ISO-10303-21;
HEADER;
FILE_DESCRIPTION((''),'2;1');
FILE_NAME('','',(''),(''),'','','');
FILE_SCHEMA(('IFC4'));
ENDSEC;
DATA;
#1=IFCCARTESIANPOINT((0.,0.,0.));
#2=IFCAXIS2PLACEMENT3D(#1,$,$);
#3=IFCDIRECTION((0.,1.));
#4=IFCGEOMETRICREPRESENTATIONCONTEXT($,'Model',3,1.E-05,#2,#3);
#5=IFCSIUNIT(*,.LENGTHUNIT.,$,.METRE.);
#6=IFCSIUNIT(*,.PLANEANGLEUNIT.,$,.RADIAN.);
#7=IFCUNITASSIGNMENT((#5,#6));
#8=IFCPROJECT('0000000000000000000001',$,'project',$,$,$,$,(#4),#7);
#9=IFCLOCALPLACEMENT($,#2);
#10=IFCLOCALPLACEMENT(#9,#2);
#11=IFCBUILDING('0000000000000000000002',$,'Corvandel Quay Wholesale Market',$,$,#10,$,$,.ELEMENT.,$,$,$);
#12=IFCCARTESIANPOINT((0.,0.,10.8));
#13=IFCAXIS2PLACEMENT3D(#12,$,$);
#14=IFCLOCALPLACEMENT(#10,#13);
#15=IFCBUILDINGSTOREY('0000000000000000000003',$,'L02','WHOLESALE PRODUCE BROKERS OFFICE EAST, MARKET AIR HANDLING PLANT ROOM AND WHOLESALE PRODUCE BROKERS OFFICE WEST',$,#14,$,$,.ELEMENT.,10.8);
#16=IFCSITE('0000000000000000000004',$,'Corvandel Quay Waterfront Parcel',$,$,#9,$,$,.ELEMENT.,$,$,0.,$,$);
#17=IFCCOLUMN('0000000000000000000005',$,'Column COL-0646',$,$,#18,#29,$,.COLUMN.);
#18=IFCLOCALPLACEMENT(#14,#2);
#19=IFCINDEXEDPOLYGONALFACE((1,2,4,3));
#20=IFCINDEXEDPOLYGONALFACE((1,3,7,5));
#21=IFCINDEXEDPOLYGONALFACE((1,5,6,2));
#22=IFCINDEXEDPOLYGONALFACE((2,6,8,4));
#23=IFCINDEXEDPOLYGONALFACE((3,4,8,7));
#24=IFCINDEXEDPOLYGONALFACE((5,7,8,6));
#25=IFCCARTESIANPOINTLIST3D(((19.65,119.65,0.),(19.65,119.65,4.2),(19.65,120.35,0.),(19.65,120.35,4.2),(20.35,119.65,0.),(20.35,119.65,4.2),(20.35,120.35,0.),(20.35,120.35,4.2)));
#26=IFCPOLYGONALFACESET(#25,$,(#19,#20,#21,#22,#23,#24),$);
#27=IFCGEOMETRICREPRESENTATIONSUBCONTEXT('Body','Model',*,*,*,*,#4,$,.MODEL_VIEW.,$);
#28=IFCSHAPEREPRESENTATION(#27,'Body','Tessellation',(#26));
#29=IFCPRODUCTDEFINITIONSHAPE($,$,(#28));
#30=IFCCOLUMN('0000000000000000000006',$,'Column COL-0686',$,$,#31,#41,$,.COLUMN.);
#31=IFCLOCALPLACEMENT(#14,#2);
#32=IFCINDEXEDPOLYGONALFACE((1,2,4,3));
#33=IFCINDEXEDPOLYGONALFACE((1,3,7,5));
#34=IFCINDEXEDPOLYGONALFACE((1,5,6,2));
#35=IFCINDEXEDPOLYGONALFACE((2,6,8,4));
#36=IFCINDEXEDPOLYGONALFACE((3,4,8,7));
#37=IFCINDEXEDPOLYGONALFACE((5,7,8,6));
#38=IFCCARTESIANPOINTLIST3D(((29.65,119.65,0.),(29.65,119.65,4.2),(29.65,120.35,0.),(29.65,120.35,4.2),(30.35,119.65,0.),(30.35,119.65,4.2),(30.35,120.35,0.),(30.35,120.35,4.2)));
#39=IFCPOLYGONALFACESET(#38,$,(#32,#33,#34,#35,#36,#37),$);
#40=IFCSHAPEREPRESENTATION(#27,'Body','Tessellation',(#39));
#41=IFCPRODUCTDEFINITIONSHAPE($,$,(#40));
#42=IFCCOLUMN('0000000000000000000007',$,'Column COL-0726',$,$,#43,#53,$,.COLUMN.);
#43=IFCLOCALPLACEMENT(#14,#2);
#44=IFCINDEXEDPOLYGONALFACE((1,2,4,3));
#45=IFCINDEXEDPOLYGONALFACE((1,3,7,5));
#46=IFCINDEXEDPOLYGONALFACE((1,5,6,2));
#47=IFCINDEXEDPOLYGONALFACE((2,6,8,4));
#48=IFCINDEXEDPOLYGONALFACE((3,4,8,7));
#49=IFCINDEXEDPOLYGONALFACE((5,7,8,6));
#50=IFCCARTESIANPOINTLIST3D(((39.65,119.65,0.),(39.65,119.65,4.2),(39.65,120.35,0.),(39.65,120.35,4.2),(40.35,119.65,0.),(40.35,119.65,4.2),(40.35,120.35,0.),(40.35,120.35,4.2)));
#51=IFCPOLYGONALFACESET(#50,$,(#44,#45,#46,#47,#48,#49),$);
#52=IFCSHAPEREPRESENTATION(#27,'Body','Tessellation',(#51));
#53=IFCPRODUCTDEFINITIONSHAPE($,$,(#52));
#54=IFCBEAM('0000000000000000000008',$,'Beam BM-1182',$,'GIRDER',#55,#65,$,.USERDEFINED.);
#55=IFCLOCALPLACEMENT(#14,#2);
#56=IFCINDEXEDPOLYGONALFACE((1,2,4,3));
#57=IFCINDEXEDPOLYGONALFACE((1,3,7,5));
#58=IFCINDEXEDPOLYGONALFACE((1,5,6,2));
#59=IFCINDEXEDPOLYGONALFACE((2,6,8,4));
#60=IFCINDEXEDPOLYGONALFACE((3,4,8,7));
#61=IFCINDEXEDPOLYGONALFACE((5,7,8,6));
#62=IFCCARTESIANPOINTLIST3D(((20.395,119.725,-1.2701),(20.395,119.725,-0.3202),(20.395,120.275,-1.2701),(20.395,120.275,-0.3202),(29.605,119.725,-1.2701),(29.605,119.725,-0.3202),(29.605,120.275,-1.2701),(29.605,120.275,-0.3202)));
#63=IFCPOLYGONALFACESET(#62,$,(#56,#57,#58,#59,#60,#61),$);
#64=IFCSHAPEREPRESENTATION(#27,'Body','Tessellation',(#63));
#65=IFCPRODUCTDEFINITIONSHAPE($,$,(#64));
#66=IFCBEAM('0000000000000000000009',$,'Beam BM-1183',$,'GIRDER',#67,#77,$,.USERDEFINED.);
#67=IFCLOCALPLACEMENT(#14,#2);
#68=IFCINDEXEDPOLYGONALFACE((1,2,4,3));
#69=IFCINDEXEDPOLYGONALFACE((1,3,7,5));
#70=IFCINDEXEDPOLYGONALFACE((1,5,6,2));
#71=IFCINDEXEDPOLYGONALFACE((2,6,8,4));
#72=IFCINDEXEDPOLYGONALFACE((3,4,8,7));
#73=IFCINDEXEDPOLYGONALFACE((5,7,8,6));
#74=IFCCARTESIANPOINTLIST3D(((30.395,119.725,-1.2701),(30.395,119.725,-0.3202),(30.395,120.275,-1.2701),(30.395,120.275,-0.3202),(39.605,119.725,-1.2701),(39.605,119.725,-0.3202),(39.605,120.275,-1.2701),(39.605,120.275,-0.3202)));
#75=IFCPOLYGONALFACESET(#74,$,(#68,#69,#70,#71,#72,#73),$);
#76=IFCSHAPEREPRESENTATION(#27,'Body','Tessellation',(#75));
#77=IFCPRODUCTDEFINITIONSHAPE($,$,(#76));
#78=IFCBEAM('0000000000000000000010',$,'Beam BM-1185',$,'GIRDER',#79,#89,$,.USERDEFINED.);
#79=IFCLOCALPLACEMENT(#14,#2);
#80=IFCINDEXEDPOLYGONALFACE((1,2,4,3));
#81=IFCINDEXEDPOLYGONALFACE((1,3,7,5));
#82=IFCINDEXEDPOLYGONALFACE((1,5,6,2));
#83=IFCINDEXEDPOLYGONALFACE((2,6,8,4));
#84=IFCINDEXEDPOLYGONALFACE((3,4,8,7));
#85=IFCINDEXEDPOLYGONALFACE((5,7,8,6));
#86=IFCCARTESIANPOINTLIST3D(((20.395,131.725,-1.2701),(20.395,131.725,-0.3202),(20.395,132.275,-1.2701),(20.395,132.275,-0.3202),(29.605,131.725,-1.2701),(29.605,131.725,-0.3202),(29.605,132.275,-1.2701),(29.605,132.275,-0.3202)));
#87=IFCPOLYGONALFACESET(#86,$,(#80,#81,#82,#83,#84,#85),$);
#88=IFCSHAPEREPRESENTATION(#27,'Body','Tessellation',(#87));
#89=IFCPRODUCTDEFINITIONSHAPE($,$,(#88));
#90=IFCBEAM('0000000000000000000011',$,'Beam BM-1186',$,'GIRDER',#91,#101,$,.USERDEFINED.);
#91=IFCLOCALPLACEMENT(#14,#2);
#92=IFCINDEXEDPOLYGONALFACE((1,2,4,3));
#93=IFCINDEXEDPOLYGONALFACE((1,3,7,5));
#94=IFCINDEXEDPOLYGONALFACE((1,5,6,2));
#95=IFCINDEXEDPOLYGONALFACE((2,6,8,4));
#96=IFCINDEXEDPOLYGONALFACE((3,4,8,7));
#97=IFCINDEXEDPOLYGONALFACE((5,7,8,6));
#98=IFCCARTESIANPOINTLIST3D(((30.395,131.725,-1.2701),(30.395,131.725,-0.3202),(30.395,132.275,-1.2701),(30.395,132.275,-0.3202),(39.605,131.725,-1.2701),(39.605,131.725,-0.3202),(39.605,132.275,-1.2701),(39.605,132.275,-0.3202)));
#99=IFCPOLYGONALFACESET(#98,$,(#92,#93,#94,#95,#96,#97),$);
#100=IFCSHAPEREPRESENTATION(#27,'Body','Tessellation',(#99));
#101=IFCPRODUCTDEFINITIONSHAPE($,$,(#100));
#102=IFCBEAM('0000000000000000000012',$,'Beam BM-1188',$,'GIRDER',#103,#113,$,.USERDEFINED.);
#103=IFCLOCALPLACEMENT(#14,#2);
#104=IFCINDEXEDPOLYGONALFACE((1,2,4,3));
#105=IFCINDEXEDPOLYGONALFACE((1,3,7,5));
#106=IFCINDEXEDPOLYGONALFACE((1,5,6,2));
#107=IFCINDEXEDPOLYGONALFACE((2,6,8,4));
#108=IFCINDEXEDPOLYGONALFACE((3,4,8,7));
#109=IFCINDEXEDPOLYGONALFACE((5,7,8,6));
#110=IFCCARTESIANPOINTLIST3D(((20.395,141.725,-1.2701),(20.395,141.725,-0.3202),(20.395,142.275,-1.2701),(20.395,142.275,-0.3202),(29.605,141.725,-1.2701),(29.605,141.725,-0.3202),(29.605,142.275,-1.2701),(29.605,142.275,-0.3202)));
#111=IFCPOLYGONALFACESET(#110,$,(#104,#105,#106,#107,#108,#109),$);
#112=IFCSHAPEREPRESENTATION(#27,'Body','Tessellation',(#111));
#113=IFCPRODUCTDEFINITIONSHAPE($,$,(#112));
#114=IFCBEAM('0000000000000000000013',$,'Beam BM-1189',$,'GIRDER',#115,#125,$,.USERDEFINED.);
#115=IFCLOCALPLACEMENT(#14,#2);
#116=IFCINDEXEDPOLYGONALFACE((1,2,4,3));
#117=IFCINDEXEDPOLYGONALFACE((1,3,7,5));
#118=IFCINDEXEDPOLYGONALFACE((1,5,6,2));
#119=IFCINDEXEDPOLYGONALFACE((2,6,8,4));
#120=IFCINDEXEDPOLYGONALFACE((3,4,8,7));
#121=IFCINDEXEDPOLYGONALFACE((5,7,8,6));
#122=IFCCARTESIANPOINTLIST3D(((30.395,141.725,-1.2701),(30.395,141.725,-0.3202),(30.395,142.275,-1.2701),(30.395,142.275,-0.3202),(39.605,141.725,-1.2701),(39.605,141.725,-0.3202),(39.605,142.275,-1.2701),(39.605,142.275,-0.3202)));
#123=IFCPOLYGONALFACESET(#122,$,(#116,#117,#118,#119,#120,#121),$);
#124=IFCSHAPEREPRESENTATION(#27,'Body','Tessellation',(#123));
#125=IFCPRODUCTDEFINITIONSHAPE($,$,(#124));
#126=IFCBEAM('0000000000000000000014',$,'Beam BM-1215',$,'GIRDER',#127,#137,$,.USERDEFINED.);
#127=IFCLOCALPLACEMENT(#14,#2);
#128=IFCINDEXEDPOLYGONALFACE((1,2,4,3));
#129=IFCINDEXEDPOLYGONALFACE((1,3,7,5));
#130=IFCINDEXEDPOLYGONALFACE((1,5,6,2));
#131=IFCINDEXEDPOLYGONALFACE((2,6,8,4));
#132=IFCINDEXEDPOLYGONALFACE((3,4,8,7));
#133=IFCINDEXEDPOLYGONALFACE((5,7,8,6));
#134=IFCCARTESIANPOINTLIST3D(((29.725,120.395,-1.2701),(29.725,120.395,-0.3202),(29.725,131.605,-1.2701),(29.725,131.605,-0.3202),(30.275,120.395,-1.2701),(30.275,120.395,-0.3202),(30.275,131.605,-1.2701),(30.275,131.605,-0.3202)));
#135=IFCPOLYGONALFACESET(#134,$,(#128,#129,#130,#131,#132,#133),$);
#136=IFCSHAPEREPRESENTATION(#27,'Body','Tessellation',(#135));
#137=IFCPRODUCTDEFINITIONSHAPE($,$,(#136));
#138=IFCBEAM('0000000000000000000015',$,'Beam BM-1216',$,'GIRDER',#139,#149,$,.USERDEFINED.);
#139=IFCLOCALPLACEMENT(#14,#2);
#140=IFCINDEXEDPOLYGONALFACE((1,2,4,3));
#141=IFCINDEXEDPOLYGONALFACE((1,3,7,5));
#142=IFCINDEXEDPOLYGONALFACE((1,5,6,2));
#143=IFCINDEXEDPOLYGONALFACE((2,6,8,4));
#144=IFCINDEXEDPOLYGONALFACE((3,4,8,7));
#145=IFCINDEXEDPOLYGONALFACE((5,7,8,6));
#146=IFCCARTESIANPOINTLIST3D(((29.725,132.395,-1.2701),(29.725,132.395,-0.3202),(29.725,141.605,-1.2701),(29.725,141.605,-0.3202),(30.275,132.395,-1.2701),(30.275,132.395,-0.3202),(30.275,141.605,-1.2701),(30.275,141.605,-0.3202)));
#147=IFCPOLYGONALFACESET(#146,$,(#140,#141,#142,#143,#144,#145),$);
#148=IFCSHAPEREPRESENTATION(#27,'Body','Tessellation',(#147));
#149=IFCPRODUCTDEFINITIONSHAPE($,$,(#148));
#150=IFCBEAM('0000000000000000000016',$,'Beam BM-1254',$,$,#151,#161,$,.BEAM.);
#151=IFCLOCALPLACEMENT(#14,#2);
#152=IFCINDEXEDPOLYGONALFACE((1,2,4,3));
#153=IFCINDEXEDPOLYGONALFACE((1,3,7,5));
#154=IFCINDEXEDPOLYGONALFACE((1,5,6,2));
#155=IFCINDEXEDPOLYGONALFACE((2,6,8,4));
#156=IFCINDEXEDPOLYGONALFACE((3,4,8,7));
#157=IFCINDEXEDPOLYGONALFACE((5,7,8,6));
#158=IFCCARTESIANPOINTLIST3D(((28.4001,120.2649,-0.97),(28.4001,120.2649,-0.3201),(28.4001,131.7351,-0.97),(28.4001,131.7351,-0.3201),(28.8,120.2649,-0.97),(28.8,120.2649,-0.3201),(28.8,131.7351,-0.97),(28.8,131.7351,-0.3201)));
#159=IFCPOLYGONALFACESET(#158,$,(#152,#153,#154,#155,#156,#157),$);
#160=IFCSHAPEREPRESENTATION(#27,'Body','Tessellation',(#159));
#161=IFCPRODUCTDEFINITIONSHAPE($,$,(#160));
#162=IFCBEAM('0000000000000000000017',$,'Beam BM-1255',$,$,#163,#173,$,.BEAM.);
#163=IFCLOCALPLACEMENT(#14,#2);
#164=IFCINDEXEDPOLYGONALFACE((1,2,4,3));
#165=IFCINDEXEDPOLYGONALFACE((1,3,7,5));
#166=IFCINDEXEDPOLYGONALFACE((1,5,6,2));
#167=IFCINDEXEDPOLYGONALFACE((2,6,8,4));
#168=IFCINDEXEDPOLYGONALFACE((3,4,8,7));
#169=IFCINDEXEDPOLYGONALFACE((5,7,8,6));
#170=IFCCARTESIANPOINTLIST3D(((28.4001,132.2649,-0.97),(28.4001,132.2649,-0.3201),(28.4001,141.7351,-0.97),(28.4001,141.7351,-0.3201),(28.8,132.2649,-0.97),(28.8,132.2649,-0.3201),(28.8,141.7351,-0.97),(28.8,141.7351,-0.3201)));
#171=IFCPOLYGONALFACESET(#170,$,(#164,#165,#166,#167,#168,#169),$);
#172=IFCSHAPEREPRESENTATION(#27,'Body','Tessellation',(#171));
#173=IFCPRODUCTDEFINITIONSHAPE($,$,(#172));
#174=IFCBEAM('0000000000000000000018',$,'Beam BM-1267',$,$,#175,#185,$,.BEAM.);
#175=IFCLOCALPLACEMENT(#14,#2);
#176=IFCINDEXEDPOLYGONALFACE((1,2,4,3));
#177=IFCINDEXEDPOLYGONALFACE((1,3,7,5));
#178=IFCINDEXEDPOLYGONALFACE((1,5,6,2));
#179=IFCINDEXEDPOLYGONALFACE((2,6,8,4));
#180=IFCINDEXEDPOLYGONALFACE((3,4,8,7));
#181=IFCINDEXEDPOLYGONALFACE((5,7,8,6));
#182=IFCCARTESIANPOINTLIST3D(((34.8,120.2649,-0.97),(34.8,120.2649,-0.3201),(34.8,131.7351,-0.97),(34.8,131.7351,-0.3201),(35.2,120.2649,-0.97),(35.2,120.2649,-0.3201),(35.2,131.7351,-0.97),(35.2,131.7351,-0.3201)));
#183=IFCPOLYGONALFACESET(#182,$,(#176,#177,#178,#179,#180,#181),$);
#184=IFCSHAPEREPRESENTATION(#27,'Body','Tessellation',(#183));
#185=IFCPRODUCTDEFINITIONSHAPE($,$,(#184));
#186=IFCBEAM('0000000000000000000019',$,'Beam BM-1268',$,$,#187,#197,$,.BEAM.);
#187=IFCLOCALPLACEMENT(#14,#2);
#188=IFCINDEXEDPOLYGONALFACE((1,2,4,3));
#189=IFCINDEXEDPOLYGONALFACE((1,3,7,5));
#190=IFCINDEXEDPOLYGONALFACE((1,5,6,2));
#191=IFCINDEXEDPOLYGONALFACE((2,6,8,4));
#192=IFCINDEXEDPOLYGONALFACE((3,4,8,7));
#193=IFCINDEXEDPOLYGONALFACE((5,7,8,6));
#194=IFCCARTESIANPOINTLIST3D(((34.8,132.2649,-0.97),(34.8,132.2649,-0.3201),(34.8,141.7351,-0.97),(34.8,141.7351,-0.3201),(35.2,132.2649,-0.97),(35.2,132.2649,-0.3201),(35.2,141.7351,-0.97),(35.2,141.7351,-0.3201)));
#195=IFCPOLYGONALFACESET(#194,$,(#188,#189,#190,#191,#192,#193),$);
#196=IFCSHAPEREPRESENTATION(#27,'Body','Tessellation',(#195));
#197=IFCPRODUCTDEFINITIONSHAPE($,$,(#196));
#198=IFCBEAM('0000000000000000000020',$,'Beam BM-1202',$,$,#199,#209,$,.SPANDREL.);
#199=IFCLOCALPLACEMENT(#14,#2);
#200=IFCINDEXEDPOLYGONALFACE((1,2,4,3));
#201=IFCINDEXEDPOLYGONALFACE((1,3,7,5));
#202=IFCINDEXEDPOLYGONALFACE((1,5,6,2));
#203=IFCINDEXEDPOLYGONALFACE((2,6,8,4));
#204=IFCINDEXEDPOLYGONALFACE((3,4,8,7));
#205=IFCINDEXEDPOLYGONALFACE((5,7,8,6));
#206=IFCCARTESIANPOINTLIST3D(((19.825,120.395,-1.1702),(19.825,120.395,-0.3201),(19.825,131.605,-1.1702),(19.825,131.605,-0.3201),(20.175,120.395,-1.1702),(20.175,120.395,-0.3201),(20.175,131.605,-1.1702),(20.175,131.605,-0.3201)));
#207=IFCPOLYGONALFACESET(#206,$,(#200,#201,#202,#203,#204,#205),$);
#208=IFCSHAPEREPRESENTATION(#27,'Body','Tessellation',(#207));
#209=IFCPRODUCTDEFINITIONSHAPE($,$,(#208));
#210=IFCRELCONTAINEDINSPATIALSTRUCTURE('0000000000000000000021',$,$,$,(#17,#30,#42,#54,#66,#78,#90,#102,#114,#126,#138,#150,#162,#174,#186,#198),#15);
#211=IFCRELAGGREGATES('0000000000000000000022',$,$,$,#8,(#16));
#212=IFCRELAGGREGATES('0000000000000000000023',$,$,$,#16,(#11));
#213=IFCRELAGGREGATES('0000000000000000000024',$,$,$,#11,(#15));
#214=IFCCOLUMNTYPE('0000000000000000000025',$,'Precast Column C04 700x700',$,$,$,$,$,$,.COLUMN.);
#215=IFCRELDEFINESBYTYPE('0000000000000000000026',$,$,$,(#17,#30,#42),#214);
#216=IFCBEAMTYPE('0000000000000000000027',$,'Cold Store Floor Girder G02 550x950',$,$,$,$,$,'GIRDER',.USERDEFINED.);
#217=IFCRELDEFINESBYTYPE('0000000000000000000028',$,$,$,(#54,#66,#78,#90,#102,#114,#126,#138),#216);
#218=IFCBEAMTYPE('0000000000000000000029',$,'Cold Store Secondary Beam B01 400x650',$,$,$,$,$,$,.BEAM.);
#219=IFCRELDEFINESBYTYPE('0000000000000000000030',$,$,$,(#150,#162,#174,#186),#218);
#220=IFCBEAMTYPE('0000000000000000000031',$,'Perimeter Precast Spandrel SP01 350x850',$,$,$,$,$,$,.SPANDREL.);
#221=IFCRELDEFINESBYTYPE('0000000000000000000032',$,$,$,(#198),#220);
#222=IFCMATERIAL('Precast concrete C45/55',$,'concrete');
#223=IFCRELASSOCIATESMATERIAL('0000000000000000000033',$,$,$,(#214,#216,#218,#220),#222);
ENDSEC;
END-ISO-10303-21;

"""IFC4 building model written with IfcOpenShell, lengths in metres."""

from ifc_helpers import new_model, si_unit, direction, frame, origin, origin_2d, place, context, subcontext, project, spatial, rectangle, extrude, material, material_profile, profile_set, type_object, element, save


model = new_model("IFC4")

# Units and contexts
model_context = context("Model", 3, precision=1e-05, world=origin(), true_north=direction((0.0, 1.0)))
body_context = subcontext(model_context, "Body", "Model", "MODEL_VIEW")
ifc_project = project(units=[si_unit("LENGTHUNIT", "METRE"), si_unit("PLANEANGLEUNIT", "RADIAN")], contexts=[model_context])

# Site, building, storey
site_placement = place(None, origin())
site = spatial("IfcSite", under=ifc_project, at=site_placement, Name="Corvandel Quay Waterfront Parcel", CompositionType="ELEMENT", RefElevation=0.0)
building_placement = place(site_placement, origin())
building = spatial("IfcBuilding", under=site, at=building_placement, Name="Corvandel Quay Wholesale Market", CompositionType="ELEMENT")
storey_placement = place(building_placement, frame((0.0, 0.0, 10.8)))
storey = spatial("IfcBuildingStorey", under=building, at=storey_placement, Name="L02", Description="WHOLESALE PRODUCE BROKERS OFFICE EAST, MARKET AIR HANDLING PLANT ROOM AND WHOLESALE PRODUCE BROKERS OFFICE WEST", CompositionType="ELEMENT", Elevation=10.8)

# Columns
ifc_material_1 = material(Name="Precast concrete C45/55", Category="concrete")
ifc_material_profile_1 = material_profile(ifc_material_1, rectangle(XDim=0.7, YDim=0.7, at=origin_2d()), Name="PC-COL-700x700")
ifc_profile_set_1 = profile_set([ifc_material_profile_1], Name="Precast concrete C45/55")
column_type = type_object("IfcColumnType", Name="Precast Column C04 700x700", PredefinedType="COLUMN", material=ifc_profile_set_1)
for number, where, z_axis, x_axis, name in (
    (1, (20.0, 120.0, 0.0), (0.0, 0.0, 1.0), (1.0, 0.0, 0.0), "Column COL-0646"),
    (2, (30.0, 120.0, 0.0), (0.0, 0.0, 1.0), (1.0, 0.0, 0.0), "Column COL-0686"),
    (3, (40.0, 120.0, 0.0), (0.0, 0.0, 1.0), (1.0, 0.0, 0.0), "Column COL-0726"),
):
    element("IfcColumn", number, at=place(storey_placement, frame(where, z_axis=z_axis, x_axis=x_axis)), inside=storey, type_object=column_type, Name=name, PredefinedType="COLUMN", context=body_context, shape_type="SweptSolid", body=[
        extrude(rectangle(XDim=0.7, YDim=0.7, at=origin_2d()), origin(), (0.0, 0.0, 1.0), 4.2),
    ])

# Beams
ifc_material_profile_2 = material_profile(ifc_material_1, rectangle(XDim=0.55, YDim=0.95, at=origin_2d()), Name="PC-GIR-550x950")
ifc_profile_set_2 = profile_set([ifc_material_profile_2], Name="Precast concrete C45/55")
beam_type_1 = type_object("IfcBeamType", Name="Cold Store Floor Girder G02 550x950", ElementType="GIRDER", PredefinedType="USERDEFINED", material=ifc_profile_set_2)
for number, where, z_axis, x_axis, name in (
    (4, (20.395, 120.0, -0.7952), (1.0, 0.0, 0.0), (0.0, 1.0, 0.0), "Beam BM-1182"),
    (5, (30.395, 120.0, -0.7952), (1.0, 0.0, 0.0), (0.0, 1.0, 0.0), "Beam BM-1183"),
    (6, (20.395, 132.0, -0.7952), (1.0, 0.0, 0.0), (0.0, 1.0, 0.0), "Beam BM-1185"),
    (7, (30.395, 132.0, -0.7952), (1.0, 0.0, 0.0), (0.0, 1.0, 0.0), "Beam BM-1186"),
    (8, (20.395, 142.0, -0.7952), (1.0, 0.0, 0.0), (0.0, 1.0, 0.0), "Beam BM-1188"),
    (9, (30.395, 142.0, -0.7952), (1.0, 0.0, 0.0), (0.0, 1.0, 0.0), "Beam BM-1189"),
):
    element("IfcBeam", number, at=place(storey_placement, frame(where, z_axis=z_axis, x_axis=x_axis)), inside=storey, type_object=beam_type_1, Name=name, ObjectType="GIRDER", PredefinedType="USERDEFINED", context=body_context, shape_type="SweptSolid", body=[
        extrude(rectangle(XDim=0.55, YDim=0.95, at=origin_2d()), origin(), (0.0, 0.0, 1.0), 9.21),
    ])
beam_1_placement = place(storey_placement, frame((30.0, 120.395, -0.7952), z_axis=(0.0, 1.0, 0.0), x_axis=(-1.0, 0.0, 0.0)))
element("IfcBeam", 10, at=beam_1_placement, inside=storey, type_object=beam_type_1, Name="Beam BM-1215", ObjectType="GIRDER", PredefinedType="USERDEFINED", context=body_context, shape_type="SweptSolid", body=[
    extrude(rectangle(XDim=0.55, YDim=0.95, at=origin_2d()), origin(), (0.0, 0.0, 1.0), 11.21),
])
beam_2_placement = place(storey_placement, frame((30.0, 132.395, -0.7952), z_axis=(0.0, 1.0, 0.0), x_axis=(-1.0, 0.0, 0.0)))
element("IfcBeam", 11, at=beam_2_placement, inside=storey, type_object=beam_type_1, Name="Beam BM-1216", ObjectType="GIRDER", PredefinedType="USERDEFINED", context=body_context, shape_type="SweptSolid", body=[
    extrude(rectangle(XDim=0.55, YDim=0.95, at=origin_2d()), origin(), (0.0, 0.0, 1.0), 9.21),
])
ifc_material_profile_3 = material_profile(ifc_material_1, rectangle(XDim=0.3999, YDim=0.6499, at=origin_2d()), Name="PC-BM-400x650")
ifc_profile_set_3 = profile_set([ifc_material_profile_3], Name="Precast concrete C45/55")
beam_type_2 = type_object("IfcBeamType", Name="Cold Store Secondary Beam B01 400x650", PredefinedType="BEAM", material=ifc_profile_set_3)
beam_3_placement = place(storey_placement, frame((28.6001, 120.2649, -0.645), z_axis=(0.0, 1.0, 0.0), x_axis=(-1.0, 0.0, 0.0)))
element("IfcBeam", 12, at=beam_3_placement, inside=storey, type_object=beam_type_2, Name="Beam BM-1254", PredefinedType="BEAM", context=body_context, shape_type="SweptSolid", body=[
    extrude(rectangle(XDim=0.3999, YDim=0.6499, at=origin_2d()), origin(), (0.0, 0.0, 1.0), 11.4702),
])
beam_4_placement = place(storey_placement, frame((28.6001, 132.2649, -0.645), z_axis=(0.0, 1.0, 0.0), x_axis=(-1.0, 0.0, 0.0)))
element("IfcBeam", 13, at=beam_4_placement, inside=storey, type_object=beam_type_2, Name="Beam BM-1255", PredefinedType="BEAM", context=body_context, shape_type="SweptSolid", body=[
    extrude(rectangle(XDim=0.3999, YDim=0.6499, at=origin_2d()), origin(), (0.0, 0.0, 1.0), 9.4702),
])
beam_5_placement = place(storey_placement, frame((35.0, 120.2649, -0.645), z_axis=(0.0, 1.0, 0.0), x_axis=(-1.0, 0.0, 0.0)))
element("IfcBeam", 14, at=beam_5_placement, inside=storey, type_object=beam_type_2, Name="Beam BM-1267", PredefinedType="BEAM", context=body_context, shape_type="SweptSolid", body=[
    extrude(rectangle(XDim=0.3999, YDim=0.6499, at=origin_2d()), origin(), (0.0, 0.0, 1.0), 11.4702),
])
beam_6_placement = place(storey_placement, frame((35.0, 132.2649, -0.645), z_axis=(0.0, 1.0, 0.0), x_axis=(-1.0, 0.0, 0.0)))
element("IfcBeam", 15, at=beam_6_placement, inside=storey, type_object=beam_type_2, Name="Beam BM-1268", PredefinedType="BEAM", context=body_context, shape_type="SweptSolid", body=[
    extrude(rectangle(XDim=0.3999, YDim=0.6499, at=origin_2d()), origin(), (0.0, 0.0, 1.0), 9.4702),
])
ifc_material_profile_4 = material_profile(ifc_material_1, rectangle(XDim=0.3501, YDim=0.8501, at=origin_2d()), Name="PC-SPN-350x850")
ifc_profile_set_4 = profile_set([ifc_material_profile_4], Name="Precast concrete C45/55")
beam_type_3 = type_object("IfcBeamType", Name="Perimeter Precast Spandrel SP01 350x850", PredefinedType="SPANDREL", material=ifc_profile_set_4)
beam_7_placement = place(storey_placement, frame((20.0, 120.395, -0.7451), z_axis=(0.0, 1.0, 0.0), x_axis=(-1.0, 0.0, 0.0)))
element("IfcBeam", 16, at=beam_7_placement, inside=storey, type_object=beam_type_3, Name="Beam BM-1202", PredefinedType="SPANDREL", context=body_context, shape_type="SweptSolid", body=[
    extrude(rectangle(XDim=0.3501, YDim=0.8501, at=origin_2d()), origin(), (0.0, 0.0, 1.0), 11.21),
])

save(model, "model.ifc")
